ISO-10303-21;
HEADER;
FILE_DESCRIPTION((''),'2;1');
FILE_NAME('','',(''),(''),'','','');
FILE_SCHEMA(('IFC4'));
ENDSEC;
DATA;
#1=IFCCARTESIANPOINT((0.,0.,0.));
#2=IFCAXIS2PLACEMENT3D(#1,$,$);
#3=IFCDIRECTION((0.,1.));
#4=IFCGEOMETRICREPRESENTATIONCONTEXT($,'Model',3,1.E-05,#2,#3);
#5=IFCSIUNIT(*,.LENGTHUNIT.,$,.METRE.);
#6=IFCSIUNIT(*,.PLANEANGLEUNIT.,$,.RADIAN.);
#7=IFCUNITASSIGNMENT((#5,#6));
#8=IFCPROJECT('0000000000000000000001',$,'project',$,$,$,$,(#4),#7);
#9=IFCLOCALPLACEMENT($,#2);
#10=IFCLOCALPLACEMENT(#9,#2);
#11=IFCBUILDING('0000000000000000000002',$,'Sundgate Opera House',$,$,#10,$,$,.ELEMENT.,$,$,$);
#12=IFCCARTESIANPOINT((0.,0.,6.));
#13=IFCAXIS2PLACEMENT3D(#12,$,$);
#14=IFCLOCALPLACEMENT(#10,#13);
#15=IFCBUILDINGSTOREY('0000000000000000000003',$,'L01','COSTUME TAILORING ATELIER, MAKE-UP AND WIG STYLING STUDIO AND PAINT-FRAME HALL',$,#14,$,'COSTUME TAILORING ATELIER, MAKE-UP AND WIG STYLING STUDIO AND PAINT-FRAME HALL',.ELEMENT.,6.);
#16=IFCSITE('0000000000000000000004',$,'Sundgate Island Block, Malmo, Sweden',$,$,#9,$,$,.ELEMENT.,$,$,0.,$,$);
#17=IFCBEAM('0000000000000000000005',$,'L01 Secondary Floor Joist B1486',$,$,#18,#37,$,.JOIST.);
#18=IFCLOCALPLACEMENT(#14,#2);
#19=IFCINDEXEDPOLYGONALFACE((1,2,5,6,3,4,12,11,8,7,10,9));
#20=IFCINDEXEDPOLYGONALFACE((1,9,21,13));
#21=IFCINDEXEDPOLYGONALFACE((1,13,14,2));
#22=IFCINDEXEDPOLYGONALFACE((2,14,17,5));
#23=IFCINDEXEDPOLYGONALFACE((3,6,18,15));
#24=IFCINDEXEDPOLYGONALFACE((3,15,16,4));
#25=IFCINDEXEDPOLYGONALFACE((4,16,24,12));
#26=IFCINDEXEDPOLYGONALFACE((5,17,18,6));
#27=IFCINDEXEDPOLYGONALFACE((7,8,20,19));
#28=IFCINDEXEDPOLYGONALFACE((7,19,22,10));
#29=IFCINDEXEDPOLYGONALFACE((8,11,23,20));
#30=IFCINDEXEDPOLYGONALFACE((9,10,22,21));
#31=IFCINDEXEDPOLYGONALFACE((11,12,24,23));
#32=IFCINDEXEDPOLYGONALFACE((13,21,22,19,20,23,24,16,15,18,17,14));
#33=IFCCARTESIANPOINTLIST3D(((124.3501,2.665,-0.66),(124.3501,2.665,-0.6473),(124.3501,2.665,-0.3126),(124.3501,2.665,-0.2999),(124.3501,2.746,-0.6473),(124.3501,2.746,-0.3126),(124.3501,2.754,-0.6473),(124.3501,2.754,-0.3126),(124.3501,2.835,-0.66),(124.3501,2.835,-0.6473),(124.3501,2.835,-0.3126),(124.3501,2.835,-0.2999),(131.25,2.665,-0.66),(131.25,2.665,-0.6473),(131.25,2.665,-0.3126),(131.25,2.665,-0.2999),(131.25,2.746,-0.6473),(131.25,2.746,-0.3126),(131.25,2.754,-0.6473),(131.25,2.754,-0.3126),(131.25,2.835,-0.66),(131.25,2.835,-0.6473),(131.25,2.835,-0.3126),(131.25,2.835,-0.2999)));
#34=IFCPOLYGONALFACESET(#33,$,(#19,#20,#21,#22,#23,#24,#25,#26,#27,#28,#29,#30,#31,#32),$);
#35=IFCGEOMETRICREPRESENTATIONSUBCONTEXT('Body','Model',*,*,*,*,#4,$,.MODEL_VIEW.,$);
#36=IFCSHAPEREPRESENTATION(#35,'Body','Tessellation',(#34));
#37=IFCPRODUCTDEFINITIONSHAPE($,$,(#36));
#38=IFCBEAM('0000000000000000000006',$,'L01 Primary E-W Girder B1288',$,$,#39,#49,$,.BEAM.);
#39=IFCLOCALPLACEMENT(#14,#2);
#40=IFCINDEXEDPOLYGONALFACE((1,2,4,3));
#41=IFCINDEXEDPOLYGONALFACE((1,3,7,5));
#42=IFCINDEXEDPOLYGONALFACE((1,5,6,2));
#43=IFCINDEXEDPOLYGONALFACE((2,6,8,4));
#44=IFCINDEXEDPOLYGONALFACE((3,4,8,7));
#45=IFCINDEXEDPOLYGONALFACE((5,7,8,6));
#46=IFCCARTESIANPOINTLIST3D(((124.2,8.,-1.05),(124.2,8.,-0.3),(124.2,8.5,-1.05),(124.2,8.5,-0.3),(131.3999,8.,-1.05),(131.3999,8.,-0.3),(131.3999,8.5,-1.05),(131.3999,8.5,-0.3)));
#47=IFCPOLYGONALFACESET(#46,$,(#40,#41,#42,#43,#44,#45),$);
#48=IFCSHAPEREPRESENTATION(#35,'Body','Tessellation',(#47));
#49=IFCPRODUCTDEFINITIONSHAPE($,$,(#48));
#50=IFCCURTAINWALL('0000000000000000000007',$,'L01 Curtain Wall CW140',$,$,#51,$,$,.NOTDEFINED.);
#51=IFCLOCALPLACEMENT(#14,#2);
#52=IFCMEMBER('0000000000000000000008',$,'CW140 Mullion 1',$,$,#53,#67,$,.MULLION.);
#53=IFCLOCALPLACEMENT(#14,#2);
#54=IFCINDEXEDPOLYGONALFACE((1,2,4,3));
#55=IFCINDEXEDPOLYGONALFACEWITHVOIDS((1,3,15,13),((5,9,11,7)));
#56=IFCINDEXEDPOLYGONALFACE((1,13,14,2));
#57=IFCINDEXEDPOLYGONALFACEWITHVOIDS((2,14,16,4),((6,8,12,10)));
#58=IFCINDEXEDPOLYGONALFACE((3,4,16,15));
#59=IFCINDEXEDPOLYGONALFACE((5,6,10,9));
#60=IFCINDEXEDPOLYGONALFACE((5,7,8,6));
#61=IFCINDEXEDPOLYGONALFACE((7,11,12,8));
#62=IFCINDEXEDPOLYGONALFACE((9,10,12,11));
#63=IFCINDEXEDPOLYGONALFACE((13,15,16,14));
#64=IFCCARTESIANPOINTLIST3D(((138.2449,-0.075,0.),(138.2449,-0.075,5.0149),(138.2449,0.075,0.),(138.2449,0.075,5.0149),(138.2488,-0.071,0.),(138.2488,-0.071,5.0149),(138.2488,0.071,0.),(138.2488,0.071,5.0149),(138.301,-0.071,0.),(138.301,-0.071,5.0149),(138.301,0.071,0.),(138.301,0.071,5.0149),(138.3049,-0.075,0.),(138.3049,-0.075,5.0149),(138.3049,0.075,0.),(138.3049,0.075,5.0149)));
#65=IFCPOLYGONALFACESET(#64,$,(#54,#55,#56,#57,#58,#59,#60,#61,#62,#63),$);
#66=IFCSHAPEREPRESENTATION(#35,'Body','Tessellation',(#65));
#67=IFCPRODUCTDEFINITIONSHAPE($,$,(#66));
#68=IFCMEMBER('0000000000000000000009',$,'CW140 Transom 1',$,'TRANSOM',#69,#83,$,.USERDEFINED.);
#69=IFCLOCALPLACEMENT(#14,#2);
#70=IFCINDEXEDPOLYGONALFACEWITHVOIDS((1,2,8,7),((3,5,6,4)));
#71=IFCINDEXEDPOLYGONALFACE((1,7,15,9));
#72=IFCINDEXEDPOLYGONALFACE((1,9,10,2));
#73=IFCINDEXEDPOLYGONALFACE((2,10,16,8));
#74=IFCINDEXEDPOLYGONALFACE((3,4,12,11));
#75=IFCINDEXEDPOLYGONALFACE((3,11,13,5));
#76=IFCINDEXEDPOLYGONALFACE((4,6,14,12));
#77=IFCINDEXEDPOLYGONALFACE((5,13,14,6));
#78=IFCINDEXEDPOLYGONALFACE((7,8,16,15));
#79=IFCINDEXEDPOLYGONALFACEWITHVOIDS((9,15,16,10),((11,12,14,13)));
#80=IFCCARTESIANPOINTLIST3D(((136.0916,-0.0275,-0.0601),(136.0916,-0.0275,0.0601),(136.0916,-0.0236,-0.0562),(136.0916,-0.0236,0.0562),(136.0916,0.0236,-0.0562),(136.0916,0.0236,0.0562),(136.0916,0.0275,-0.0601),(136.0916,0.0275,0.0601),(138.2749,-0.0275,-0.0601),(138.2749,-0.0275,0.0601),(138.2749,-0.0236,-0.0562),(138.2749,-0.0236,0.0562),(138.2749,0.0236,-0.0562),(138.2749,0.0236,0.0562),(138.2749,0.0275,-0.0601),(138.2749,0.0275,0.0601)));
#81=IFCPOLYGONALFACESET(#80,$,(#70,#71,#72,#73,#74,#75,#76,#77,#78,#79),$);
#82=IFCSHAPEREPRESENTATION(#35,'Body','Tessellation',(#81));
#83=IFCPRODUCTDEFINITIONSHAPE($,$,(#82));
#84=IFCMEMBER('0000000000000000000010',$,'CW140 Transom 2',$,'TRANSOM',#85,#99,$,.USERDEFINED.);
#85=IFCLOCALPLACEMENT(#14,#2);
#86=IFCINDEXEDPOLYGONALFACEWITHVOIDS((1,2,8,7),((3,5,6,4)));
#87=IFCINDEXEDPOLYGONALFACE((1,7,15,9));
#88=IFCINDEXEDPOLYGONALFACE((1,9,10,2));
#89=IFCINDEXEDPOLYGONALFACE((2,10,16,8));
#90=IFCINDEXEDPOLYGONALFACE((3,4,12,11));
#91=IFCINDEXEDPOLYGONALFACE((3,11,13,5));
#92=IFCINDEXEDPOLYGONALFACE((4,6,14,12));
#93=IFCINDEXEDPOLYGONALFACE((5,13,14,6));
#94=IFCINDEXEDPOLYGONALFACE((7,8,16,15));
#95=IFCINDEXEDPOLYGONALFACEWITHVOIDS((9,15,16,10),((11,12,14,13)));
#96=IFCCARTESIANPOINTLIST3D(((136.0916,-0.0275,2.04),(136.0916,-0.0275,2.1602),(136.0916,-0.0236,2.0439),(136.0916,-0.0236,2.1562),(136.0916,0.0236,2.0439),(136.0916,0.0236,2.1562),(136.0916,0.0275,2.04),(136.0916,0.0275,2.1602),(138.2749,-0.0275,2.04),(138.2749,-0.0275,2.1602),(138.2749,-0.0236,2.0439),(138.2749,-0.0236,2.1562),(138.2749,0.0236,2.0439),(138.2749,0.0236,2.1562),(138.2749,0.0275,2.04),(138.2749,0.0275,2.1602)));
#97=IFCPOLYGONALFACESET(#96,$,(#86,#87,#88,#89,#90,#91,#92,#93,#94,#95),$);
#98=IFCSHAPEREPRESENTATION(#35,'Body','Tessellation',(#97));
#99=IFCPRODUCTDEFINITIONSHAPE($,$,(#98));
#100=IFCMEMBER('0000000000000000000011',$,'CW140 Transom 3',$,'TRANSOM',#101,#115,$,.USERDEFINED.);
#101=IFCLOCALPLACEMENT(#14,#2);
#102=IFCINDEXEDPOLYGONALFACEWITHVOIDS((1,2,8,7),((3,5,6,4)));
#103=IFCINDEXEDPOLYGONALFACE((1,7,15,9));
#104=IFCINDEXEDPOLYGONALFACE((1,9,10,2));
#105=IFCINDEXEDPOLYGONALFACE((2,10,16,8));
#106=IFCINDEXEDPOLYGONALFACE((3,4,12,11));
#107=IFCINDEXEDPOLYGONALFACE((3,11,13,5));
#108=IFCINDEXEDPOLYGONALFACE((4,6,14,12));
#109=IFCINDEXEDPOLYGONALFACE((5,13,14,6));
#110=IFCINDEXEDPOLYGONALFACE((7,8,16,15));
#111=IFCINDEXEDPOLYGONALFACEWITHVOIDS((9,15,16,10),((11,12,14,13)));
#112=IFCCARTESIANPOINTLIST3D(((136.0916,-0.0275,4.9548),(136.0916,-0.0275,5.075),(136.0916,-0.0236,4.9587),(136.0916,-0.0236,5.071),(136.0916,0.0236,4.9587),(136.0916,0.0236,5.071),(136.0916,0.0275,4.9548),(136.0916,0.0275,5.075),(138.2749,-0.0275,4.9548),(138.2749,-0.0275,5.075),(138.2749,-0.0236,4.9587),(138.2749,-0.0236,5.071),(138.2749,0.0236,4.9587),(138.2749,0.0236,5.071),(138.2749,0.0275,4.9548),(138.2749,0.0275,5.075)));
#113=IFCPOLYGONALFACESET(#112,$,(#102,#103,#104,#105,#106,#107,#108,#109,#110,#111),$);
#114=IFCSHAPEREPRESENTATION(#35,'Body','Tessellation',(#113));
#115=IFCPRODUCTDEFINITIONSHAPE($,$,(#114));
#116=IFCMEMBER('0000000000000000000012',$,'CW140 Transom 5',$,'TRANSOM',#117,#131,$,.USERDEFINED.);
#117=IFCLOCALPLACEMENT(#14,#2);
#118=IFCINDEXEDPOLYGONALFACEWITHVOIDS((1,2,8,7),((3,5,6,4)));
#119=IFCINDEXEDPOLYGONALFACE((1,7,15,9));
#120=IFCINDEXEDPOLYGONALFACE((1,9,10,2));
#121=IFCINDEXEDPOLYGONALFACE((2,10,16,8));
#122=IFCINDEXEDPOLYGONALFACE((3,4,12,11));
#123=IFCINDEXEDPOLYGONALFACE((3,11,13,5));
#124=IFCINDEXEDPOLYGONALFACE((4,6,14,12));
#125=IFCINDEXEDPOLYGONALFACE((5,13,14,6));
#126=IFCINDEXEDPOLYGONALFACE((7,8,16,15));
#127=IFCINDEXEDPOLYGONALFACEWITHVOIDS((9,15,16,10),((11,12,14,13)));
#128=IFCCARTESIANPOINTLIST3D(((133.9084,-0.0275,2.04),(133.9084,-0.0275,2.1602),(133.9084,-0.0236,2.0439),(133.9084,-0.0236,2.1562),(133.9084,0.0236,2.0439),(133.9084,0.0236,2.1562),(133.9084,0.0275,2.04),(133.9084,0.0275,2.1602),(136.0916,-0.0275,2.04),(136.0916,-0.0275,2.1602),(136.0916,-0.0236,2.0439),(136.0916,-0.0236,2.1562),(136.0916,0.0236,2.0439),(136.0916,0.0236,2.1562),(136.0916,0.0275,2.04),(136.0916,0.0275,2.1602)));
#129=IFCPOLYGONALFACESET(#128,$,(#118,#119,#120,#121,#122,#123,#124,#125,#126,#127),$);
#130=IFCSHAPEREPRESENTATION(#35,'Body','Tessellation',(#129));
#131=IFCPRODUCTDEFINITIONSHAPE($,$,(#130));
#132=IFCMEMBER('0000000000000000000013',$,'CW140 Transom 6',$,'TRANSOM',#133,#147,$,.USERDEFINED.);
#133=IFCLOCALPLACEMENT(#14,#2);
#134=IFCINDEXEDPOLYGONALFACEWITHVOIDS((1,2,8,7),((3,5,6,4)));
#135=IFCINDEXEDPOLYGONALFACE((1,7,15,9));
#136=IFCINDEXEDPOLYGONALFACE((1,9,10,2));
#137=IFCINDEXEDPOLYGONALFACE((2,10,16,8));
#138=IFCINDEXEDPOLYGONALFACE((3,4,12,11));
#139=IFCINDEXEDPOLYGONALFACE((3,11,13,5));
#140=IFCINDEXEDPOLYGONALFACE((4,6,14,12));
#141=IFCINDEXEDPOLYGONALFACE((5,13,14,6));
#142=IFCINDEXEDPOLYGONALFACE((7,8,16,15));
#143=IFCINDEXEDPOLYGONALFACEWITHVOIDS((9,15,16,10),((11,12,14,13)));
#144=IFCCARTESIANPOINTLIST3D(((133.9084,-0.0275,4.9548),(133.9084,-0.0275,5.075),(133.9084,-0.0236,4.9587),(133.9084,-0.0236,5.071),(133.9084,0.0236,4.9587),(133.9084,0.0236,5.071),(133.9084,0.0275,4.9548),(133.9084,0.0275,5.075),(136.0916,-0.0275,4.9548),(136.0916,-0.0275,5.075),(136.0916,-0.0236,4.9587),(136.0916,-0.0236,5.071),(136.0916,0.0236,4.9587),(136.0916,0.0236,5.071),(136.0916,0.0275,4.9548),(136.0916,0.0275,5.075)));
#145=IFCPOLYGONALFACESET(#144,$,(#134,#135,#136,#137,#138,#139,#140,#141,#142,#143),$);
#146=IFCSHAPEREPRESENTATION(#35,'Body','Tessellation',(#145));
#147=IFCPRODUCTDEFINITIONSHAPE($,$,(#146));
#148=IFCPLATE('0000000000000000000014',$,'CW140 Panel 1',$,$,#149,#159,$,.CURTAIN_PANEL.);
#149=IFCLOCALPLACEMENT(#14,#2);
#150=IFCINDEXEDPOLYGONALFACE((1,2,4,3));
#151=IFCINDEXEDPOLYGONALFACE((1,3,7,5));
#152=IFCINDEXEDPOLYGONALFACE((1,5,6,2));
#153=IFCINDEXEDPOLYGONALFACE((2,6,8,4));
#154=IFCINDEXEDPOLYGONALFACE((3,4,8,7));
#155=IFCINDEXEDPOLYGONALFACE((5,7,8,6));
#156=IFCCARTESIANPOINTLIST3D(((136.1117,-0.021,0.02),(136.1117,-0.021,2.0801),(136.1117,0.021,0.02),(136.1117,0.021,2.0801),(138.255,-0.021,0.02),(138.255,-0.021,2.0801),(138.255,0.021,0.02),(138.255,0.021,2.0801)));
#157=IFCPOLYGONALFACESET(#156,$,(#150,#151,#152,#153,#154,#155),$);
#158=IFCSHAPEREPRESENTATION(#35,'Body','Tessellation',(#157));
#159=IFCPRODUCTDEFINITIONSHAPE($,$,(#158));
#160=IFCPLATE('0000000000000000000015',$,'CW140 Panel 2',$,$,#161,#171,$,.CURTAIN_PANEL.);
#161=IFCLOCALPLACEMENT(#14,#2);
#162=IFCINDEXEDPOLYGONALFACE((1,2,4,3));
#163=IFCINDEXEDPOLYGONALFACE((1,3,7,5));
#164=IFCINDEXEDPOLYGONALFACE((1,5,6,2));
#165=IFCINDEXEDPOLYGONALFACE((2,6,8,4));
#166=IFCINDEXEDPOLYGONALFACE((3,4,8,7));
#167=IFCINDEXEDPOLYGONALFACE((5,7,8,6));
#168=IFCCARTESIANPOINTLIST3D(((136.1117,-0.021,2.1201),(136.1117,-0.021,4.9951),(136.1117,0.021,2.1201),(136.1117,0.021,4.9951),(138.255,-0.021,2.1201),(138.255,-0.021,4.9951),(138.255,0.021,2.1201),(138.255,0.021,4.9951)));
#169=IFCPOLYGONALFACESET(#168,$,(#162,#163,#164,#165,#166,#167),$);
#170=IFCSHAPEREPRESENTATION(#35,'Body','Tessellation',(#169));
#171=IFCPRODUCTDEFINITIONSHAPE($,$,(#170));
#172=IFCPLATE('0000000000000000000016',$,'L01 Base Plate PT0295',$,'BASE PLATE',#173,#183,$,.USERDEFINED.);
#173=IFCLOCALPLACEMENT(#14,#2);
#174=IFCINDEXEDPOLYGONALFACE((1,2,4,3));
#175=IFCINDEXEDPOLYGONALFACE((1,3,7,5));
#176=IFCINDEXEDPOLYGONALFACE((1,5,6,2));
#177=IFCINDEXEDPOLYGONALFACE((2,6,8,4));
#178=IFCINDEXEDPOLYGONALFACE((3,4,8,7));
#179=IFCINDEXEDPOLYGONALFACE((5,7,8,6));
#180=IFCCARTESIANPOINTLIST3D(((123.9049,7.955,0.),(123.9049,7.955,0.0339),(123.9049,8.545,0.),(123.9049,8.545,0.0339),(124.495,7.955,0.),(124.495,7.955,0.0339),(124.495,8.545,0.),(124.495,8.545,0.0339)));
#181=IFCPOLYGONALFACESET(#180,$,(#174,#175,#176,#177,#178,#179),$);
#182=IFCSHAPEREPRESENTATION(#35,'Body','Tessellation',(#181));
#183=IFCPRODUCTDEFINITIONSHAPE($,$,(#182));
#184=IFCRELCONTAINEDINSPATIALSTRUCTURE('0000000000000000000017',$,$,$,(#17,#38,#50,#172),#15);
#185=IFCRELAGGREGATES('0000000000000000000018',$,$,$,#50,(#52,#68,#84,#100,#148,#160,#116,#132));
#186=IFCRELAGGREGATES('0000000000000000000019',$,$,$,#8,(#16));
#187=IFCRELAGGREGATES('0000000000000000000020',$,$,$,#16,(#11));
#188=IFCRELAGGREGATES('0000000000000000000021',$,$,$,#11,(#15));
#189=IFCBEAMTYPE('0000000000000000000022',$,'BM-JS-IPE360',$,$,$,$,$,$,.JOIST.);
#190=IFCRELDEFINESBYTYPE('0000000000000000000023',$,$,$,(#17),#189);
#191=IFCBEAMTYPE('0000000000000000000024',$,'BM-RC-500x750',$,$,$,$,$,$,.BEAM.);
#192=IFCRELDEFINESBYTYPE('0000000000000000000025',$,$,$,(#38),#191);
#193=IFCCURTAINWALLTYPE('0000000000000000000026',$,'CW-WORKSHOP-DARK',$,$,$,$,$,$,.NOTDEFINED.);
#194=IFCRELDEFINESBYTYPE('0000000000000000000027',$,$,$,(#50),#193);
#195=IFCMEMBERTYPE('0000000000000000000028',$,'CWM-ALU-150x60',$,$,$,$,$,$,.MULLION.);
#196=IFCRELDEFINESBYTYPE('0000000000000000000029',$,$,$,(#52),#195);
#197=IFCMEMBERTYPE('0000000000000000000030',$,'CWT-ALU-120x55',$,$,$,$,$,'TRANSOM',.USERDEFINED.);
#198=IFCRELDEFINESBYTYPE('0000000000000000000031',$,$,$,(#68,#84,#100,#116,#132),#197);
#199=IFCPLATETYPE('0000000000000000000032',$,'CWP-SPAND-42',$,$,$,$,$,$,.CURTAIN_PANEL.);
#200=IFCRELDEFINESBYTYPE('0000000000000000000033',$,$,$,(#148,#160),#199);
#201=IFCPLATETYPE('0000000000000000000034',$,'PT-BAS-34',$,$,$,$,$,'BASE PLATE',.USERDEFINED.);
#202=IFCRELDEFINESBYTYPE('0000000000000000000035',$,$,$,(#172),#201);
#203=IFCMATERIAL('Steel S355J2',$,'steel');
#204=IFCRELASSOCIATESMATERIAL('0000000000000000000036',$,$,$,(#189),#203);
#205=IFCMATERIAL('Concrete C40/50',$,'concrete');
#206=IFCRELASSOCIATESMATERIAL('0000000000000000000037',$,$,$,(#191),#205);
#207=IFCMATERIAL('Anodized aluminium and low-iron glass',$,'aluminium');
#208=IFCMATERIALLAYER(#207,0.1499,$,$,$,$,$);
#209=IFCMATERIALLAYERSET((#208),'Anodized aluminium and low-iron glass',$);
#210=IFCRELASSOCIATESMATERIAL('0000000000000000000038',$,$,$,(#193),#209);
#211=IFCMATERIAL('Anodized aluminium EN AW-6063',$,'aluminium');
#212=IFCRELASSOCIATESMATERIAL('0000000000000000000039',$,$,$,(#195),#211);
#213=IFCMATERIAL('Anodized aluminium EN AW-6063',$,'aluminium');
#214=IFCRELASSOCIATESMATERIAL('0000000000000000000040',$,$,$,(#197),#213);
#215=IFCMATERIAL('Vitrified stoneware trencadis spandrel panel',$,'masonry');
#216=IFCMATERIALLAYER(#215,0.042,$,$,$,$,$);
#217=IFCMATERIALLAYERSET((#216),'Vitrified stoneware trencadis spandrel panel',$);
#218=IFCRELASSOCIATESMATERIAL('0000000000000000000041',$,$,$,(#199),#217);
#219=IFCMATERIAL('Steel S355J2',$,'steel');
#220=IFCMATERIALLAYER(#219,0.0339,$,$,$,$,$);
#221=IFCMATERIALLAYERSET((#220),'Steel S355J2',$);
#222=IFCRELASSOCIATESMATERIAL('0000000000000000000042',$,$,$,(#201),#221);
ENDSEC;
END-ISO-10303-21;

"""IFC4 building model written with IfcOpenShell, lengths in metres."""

from ifc_helpers import new_model, si_unit, direction, frame, origin, origin_2d, place, context, subcontext, project, spatial, rectangle, hollow_rectangle, i_section, extrude, material, layer, layer_set, material_profile, profile_set, type_object, element, aggregate, save


model = new_model("IFC4")

# Units and contexts
model_context = context("Model", 3, precision=1e-05, world=origin(), true_north=direction((0.0, 1.0)))
body_context = subcontext(model_context, "Body", "Model", "MODEL_VIEW")
ifc_project = project(units=[si_unit("LENGTHUNIT", "METRE"), si_unit("PLANEANGLEUNIT", "RADIAN")], contexts=[model_context])

# Site, building, storey
site_placement = place(None, origin())
site = spatial("IfcSite", under=ifc_project, at=site_placement, Name="Sundgate Island Block, Malmo, Sweden", CompositionType="ELEMENT", RefElevation=0.0)
building_placement = place(site_placement, origin())
building = spatial("IfcBuilding", under=site, at=building_placement, Name="Sundgate Opera House", CompositionType="ELEMENT")
storey_placement = place(building_placement, frame((0.0, 0.0, 6.0)))
storey = spatial("IfcBuildingStorey", under=building, at=storey_placement, Name="L01", Description="COSTUME TAILORING ATELIER, MAKE-UP AND WIG STYLING STUDIO AND PAINT-FRAME HALL", LongName="COSTUME TAILORING ATELIER, MAKE-UP AND WIG STYLING STUDIO AND PAINT-FRAME HALL", CompositionType="ELEMENT", Elevation=6.0)

# Beams
ifc_material_1 = material(Name="Steel S355J2", Category="steel")
ifc_material_profile_1 = material_profile(ifc_material_1, i_section(OverallWidth=0.1699, OverallDepth=0.3601, WebThickness=0.0081, FlangeThickness=0.0127, at=origin_2d()), Name="IPE 360")
ifc_profile_set_1 = profile_set([ifc_material_profile_1], Name="Steel S355J2")
beam_type_1 = type_object("IfcBeamType", Name="BM-JS-IPE360", PredefinedType="JOIST", material=ifc_profile_set_1)
beam_1_placement = place(storey_placement, frame((124.3501, 2.75, -0.48), z_axis=(1.0, 0.0, 0.0), x_axis=(0.0, 1.0, 0.0)))
element("IfcBeam", 1, at=beam_1_placement, inside=storey, type_object=beam_type_1, Name="L01 Secondary Floor Joist B1486", PredefinedType="JOIST", context=body_context, shape_type="SweptSolid", body=[
    extrude(i_section(OverallWidth=0.1699, OverallDepth=0.3601, WebThickness=0.0081, FlangeThickness=0.0127, at=origin_2d()), origin(), (0.0, 0.0, 1.0), 6.8999),
])
ifc_material_2 = material(Name="Concrete C40/50", Category="concrete")
ifc_material_profile_2 = material_profile(ifc_material_2, rectangle(XDim=0.5, YDim=0.75, at=origin_2d()), Name="RC 500x750")
ifc_profile_set_2 = profile_set([ifc_material_profile_2], Name="Concrete C40/50")
beam_type_2 = type_object("IfcBeamType", Name="BM-RC-500x750", PredefinedType="BEAM", material=ifc_profile_set_2)
beam_2_placement = place(storey_placement, frame((124.2, 8.25, -0.675), z_axis=(1.0, 0.0, 0.0), x_axis=(0.0, 1.0, 0.0)))
element("IfcBeam", 2, at=beam_2_placement, inside=storey, type_object=beam_type_2, Name="L01 Primary E-W Girder B1288", PredefinedType="BEAM", context=body_context, shape_type="SweptSolid", body=[
    extrude(rectangle(XDim=0.5, YDim=0.75, at=origin_2d()), origin(), (0.0, 0.0, 1.0), 7.2),
])

# Curtain wall, members, plates
ifc_material_3 = material(Name="Anodized aluminium and low-iron glass", Category="aluminium")
ifc_layer_1 = layer(ifc_material_3, 0.1499)
ifc_layer_set_1 = layer_set([ifc_layer_1], Name="Anodized aluminium and low-iron glass")
curtain_wall_type = type_object("IfcCurtainWallType", Name="CW-WORKSHOP-DARK", PredefinedType="NOTDEFINED", material=ifc_layer_set_1)
curtain_wall_placement = place(storey_placement, origin())
curtain_wall = element("IfcCurtainWall", 3, at=curtain_wall_placement, inside=storey, type_object=curtain_wall_type, Name="L01 Curtain Wall CW140", PredefinedType="NOTDEFINED")
ifc_material_4 = material(Name="Anodized aluminium EN AW-6063", Category="aluminium")
ifc_material_profile_3 = material_profile(ifc_material_4, hollow_rectangle(XDim=0.0601, YDim=0.1499, WallThickness=0.0039, at=origin_2d()), Name="CWM 150x60x4")
ifc_profile_set_3 = profile_set([ifc_material_profile_3], Name="Anodized aluminium EN AW-6063")
member_type_1 = type_object("IfcMemberType", Name="CWM-ALU-150x60", PredefinedType="MULLION", material=ifc_profile_set_3)
member_1_placement = place(storey_placement, frame((138.2749, 0.0, 0.0), z_axis=(0.0, 0.0, 1.0), x_axis=(1.0, 0.0, 0.0)))
member_1 = element("IfcMember", 4, at=member_1_placement, type_object=member_type_1, Name="CW140 Mullion 1", PredefinedType="MULLION", context=body_context, shape_type="SweptSolid", body=[
    extrude(hollow_rectangle(XDim=0.0601, YDim=0.1499, WallThickness=0.0039, at=origin_2d()), origin(), (0.0, 0.0, 1.0), 5.0149),
])
ifc_material_5 = material(Name="Anodized aluminium EN AW-6063", Category="aluminium")
ifc_material_profile_4 = material_profile(ifc_material_5, hollow_rectangle(XDim=0.0549, YDim=0.1201, WallThickness=0.0039, at=origin_2d()), Name="CWT 120x55x4")
ifc_profile_set_4 = profile_set([ifc_material_profile_4], Name="Anodized aluminium EN AW-6063")
member_type_2 = type_object("IfcMemberType", Name="CWT-ALU-120x55", ElementType="TRANSOM", PredefinedType="USERDEFINED", material=ifc_profile_set_4)
member_2_placement = place(storey_placement, frame((138.2749, 0.0, 0.0), z_axis=(-1.0, 0.0, 0.0), x_axis=(0.0, -1.0, 0.0)))
member_2 = element("IfcMember", 5, at=member_2_placement, type_object=member_type_2, Name="CW140 Transom 1", ObjectType="TRANSOM", PredefinedType="USERDEFINED", context=body_context, shape_type="SweptSolid", body=[
    extrude(hollow_rectangle(XDim=0.0549, YDim=0.1201, WallThickness=0.0039, at=origin_2d()), origin(), (0.0, 0.0, 1.0), 2.1833),
])
member_3_placement = place(storey_placement, frame((138.2749, 0.0, 2.1001), z_axis=(-1.0, 0.0, 0.0), x_axis=(0.0, -1.0, 0.0)))
member_3 = element("IfcMember", 6, at=member_3_placement, type_object=member_type_2, Name="CW140 Transom 2", ObjectType="TRANSOM", PredefinedType="USERDEFINED", context=body_context, shape_type="SweptSolid", body=[
    extrude(hollow_rectangle(XDim=0.0549, YDim=0.1201, WallThickness=0.0039, at=origin_2d()), origin(), (0.0, 0.0, 1.0), 2.1833),
])
member_4_placement = place(storey_placement, frame((138.2749, 0.0, 5.0149), z_axis=(-1.0, 0.0, 0.0), x_axis=(0.0, -1.0, 0.0)))
member_4 = element("IfcMember", 7, at=member_4_placement, type_object=member_type_2, Name="CW140 Transom 3", ObjectType="TRANSOM", PredefinedType="USERDEFINED", context=body_context, shape_type="SweptSolid", body=[
    extrude(hollow_rectangle(XDim=0.0549, YDim=0.1201, WallThickness=0.0039, at=origin_2d()), origin(), (0.0, 0.0, 1.0), 2.1833),
])
member_5_placement = place(storey_placement, frame((136.0916, 0.0, 2.1001), z_axis=(-1.0, 0.0, 0.0), x_axis=(0.0, -1.0, 0.0)))
member_5 = element("IfcMember", 8, at=member_5_placement, type_object=member_type_2, Name="CW140 Transom 5", ObjectType="TRANSOM", PredefinedType="USERDEFINED", context=body_context, shape_type="SweptSolid", body=[
    extrude(hollow_rectangle(XDim=0.0549, YDim=0.1201, WallThickness=0.0039, at=origin_2d()), origin(), (0.0, 0.0, 1.0), 2.1831),
])
member_6_placement = place(storey_placement, frame((136.0916, 0.0, 5.0149), z_axis=(-1.0, 0.0, 0.0), x_axis=(0.0, -1.0, 0.0)))
member_6 = element("IfcMember", 9, at=member_6_placement, type_object=member_type_2, Name="CW140 Transom 6", ObjectType="TRANSOM", PredefinedType="USERDEFINED", context=body_context, shape_type="SweptSolid", body=[
    extrude(hollow_rectangle(XDim=0.0549, YDim=0.1201, WallThickness=0.0039, at=origin_2d()), origin(), (0.0, 0.0, 1.0), 2.1831),
])
ifc_material_6 = material(Name="Vitrified stoneware trencadis spandrel panel", Category="masonry")
ifc_layer_2 = layer(ifc_material_6, 0.042)
ifc_layer_set_2 = layer_set([ifc_layer_2], Name="Vitrified stoneware trencadis spandrel panel")
plate_type_1 = type_object("IfcPlateType", Name="CWP-SPAND-42", PredefinedType="CURTAIN_PANEL", material=ifc_layer_set_2)
plate_1_placement = place(storey_placement, frame((137.1833, 0.0, 0.02), z_axis=(0.0, 0.0, 1.0), x_axis=(-1.0, 0.0, 0.0)))
plate_1 = element("IfcPlate", 10, at=plate_1_placement, type_object=plate_type_1, Name="CW140 Panel 1", PredefinedType="CURTAIN_PANEL", context=body_context, shape_type="SweptSolid", body=[
    extrude(rectangle(XDim=2.1433, YDim=0.042, at=origin_2d()), origin(), (0.0, 0.0, 1.0), 2.0601),
])
plate_2_placement = place(storey_placement, frame((137.1833, 0.0, 2.1201), z_axis=(0.0, 0.0, 1.0), x_axis=(-1.0, 0.0, 0.0)))
plate_2 = element("IfcPlate", 11, at=plate_2_placement, type_object=plate_type_1, Name="CW140 Panel 2", PredefinedType="CURTAIN_PANEL", context=body_context, shape_type="SweptSolid", body=[
    extrude(rectangle(XDim=2.1433, YDim=0.042, at=origin_2d()), origin(), (0.0, 0.0, 1.0), 2.875),
])
aggregate(curtain_wall, [member_1, member_2, member_3, member_4, plate_1, plate_2, member_5, member_6])

# Plate
ifc_material_7 = material(Name="Steel S355J2", Category="steel")
ifc_layer_3 = layer(ifc_material_7, 0.0339)
ifc_layer_set_3 = layer_set([ifc_layer_3], Name="Steel S355J2")
plate_type_2 = type_object("IfcPlateType", Name="PT-BAS-34", ElementType="BASE PLATE", PredefinedType="USERDEFINED", material=ifc_layer_set_3)
plate_3_placement = place(storey_placement, frame((124.2, 8.25, 0.0), z_axis=(0.0, 0.0, 1.0), x_axis=(1.0, 0.0, 0.0)))
element("IfcPlate", 12, at=plate_3_placement, inside=storey, type_object=plate_type_2, Name="L01 Base Plate PT0295", ObjectType="BASE PLATE", PredefinedType="USERDEFINED", context=body_context, shape_type="SweptSolid", body=[
    extrude(rectangle(XDim=0.5901, YDim=0.5901, at=origin_2d()), origin(), (0.0, 0.0, 1.0), 0.0339),
])

save(model, "model.ifc")
